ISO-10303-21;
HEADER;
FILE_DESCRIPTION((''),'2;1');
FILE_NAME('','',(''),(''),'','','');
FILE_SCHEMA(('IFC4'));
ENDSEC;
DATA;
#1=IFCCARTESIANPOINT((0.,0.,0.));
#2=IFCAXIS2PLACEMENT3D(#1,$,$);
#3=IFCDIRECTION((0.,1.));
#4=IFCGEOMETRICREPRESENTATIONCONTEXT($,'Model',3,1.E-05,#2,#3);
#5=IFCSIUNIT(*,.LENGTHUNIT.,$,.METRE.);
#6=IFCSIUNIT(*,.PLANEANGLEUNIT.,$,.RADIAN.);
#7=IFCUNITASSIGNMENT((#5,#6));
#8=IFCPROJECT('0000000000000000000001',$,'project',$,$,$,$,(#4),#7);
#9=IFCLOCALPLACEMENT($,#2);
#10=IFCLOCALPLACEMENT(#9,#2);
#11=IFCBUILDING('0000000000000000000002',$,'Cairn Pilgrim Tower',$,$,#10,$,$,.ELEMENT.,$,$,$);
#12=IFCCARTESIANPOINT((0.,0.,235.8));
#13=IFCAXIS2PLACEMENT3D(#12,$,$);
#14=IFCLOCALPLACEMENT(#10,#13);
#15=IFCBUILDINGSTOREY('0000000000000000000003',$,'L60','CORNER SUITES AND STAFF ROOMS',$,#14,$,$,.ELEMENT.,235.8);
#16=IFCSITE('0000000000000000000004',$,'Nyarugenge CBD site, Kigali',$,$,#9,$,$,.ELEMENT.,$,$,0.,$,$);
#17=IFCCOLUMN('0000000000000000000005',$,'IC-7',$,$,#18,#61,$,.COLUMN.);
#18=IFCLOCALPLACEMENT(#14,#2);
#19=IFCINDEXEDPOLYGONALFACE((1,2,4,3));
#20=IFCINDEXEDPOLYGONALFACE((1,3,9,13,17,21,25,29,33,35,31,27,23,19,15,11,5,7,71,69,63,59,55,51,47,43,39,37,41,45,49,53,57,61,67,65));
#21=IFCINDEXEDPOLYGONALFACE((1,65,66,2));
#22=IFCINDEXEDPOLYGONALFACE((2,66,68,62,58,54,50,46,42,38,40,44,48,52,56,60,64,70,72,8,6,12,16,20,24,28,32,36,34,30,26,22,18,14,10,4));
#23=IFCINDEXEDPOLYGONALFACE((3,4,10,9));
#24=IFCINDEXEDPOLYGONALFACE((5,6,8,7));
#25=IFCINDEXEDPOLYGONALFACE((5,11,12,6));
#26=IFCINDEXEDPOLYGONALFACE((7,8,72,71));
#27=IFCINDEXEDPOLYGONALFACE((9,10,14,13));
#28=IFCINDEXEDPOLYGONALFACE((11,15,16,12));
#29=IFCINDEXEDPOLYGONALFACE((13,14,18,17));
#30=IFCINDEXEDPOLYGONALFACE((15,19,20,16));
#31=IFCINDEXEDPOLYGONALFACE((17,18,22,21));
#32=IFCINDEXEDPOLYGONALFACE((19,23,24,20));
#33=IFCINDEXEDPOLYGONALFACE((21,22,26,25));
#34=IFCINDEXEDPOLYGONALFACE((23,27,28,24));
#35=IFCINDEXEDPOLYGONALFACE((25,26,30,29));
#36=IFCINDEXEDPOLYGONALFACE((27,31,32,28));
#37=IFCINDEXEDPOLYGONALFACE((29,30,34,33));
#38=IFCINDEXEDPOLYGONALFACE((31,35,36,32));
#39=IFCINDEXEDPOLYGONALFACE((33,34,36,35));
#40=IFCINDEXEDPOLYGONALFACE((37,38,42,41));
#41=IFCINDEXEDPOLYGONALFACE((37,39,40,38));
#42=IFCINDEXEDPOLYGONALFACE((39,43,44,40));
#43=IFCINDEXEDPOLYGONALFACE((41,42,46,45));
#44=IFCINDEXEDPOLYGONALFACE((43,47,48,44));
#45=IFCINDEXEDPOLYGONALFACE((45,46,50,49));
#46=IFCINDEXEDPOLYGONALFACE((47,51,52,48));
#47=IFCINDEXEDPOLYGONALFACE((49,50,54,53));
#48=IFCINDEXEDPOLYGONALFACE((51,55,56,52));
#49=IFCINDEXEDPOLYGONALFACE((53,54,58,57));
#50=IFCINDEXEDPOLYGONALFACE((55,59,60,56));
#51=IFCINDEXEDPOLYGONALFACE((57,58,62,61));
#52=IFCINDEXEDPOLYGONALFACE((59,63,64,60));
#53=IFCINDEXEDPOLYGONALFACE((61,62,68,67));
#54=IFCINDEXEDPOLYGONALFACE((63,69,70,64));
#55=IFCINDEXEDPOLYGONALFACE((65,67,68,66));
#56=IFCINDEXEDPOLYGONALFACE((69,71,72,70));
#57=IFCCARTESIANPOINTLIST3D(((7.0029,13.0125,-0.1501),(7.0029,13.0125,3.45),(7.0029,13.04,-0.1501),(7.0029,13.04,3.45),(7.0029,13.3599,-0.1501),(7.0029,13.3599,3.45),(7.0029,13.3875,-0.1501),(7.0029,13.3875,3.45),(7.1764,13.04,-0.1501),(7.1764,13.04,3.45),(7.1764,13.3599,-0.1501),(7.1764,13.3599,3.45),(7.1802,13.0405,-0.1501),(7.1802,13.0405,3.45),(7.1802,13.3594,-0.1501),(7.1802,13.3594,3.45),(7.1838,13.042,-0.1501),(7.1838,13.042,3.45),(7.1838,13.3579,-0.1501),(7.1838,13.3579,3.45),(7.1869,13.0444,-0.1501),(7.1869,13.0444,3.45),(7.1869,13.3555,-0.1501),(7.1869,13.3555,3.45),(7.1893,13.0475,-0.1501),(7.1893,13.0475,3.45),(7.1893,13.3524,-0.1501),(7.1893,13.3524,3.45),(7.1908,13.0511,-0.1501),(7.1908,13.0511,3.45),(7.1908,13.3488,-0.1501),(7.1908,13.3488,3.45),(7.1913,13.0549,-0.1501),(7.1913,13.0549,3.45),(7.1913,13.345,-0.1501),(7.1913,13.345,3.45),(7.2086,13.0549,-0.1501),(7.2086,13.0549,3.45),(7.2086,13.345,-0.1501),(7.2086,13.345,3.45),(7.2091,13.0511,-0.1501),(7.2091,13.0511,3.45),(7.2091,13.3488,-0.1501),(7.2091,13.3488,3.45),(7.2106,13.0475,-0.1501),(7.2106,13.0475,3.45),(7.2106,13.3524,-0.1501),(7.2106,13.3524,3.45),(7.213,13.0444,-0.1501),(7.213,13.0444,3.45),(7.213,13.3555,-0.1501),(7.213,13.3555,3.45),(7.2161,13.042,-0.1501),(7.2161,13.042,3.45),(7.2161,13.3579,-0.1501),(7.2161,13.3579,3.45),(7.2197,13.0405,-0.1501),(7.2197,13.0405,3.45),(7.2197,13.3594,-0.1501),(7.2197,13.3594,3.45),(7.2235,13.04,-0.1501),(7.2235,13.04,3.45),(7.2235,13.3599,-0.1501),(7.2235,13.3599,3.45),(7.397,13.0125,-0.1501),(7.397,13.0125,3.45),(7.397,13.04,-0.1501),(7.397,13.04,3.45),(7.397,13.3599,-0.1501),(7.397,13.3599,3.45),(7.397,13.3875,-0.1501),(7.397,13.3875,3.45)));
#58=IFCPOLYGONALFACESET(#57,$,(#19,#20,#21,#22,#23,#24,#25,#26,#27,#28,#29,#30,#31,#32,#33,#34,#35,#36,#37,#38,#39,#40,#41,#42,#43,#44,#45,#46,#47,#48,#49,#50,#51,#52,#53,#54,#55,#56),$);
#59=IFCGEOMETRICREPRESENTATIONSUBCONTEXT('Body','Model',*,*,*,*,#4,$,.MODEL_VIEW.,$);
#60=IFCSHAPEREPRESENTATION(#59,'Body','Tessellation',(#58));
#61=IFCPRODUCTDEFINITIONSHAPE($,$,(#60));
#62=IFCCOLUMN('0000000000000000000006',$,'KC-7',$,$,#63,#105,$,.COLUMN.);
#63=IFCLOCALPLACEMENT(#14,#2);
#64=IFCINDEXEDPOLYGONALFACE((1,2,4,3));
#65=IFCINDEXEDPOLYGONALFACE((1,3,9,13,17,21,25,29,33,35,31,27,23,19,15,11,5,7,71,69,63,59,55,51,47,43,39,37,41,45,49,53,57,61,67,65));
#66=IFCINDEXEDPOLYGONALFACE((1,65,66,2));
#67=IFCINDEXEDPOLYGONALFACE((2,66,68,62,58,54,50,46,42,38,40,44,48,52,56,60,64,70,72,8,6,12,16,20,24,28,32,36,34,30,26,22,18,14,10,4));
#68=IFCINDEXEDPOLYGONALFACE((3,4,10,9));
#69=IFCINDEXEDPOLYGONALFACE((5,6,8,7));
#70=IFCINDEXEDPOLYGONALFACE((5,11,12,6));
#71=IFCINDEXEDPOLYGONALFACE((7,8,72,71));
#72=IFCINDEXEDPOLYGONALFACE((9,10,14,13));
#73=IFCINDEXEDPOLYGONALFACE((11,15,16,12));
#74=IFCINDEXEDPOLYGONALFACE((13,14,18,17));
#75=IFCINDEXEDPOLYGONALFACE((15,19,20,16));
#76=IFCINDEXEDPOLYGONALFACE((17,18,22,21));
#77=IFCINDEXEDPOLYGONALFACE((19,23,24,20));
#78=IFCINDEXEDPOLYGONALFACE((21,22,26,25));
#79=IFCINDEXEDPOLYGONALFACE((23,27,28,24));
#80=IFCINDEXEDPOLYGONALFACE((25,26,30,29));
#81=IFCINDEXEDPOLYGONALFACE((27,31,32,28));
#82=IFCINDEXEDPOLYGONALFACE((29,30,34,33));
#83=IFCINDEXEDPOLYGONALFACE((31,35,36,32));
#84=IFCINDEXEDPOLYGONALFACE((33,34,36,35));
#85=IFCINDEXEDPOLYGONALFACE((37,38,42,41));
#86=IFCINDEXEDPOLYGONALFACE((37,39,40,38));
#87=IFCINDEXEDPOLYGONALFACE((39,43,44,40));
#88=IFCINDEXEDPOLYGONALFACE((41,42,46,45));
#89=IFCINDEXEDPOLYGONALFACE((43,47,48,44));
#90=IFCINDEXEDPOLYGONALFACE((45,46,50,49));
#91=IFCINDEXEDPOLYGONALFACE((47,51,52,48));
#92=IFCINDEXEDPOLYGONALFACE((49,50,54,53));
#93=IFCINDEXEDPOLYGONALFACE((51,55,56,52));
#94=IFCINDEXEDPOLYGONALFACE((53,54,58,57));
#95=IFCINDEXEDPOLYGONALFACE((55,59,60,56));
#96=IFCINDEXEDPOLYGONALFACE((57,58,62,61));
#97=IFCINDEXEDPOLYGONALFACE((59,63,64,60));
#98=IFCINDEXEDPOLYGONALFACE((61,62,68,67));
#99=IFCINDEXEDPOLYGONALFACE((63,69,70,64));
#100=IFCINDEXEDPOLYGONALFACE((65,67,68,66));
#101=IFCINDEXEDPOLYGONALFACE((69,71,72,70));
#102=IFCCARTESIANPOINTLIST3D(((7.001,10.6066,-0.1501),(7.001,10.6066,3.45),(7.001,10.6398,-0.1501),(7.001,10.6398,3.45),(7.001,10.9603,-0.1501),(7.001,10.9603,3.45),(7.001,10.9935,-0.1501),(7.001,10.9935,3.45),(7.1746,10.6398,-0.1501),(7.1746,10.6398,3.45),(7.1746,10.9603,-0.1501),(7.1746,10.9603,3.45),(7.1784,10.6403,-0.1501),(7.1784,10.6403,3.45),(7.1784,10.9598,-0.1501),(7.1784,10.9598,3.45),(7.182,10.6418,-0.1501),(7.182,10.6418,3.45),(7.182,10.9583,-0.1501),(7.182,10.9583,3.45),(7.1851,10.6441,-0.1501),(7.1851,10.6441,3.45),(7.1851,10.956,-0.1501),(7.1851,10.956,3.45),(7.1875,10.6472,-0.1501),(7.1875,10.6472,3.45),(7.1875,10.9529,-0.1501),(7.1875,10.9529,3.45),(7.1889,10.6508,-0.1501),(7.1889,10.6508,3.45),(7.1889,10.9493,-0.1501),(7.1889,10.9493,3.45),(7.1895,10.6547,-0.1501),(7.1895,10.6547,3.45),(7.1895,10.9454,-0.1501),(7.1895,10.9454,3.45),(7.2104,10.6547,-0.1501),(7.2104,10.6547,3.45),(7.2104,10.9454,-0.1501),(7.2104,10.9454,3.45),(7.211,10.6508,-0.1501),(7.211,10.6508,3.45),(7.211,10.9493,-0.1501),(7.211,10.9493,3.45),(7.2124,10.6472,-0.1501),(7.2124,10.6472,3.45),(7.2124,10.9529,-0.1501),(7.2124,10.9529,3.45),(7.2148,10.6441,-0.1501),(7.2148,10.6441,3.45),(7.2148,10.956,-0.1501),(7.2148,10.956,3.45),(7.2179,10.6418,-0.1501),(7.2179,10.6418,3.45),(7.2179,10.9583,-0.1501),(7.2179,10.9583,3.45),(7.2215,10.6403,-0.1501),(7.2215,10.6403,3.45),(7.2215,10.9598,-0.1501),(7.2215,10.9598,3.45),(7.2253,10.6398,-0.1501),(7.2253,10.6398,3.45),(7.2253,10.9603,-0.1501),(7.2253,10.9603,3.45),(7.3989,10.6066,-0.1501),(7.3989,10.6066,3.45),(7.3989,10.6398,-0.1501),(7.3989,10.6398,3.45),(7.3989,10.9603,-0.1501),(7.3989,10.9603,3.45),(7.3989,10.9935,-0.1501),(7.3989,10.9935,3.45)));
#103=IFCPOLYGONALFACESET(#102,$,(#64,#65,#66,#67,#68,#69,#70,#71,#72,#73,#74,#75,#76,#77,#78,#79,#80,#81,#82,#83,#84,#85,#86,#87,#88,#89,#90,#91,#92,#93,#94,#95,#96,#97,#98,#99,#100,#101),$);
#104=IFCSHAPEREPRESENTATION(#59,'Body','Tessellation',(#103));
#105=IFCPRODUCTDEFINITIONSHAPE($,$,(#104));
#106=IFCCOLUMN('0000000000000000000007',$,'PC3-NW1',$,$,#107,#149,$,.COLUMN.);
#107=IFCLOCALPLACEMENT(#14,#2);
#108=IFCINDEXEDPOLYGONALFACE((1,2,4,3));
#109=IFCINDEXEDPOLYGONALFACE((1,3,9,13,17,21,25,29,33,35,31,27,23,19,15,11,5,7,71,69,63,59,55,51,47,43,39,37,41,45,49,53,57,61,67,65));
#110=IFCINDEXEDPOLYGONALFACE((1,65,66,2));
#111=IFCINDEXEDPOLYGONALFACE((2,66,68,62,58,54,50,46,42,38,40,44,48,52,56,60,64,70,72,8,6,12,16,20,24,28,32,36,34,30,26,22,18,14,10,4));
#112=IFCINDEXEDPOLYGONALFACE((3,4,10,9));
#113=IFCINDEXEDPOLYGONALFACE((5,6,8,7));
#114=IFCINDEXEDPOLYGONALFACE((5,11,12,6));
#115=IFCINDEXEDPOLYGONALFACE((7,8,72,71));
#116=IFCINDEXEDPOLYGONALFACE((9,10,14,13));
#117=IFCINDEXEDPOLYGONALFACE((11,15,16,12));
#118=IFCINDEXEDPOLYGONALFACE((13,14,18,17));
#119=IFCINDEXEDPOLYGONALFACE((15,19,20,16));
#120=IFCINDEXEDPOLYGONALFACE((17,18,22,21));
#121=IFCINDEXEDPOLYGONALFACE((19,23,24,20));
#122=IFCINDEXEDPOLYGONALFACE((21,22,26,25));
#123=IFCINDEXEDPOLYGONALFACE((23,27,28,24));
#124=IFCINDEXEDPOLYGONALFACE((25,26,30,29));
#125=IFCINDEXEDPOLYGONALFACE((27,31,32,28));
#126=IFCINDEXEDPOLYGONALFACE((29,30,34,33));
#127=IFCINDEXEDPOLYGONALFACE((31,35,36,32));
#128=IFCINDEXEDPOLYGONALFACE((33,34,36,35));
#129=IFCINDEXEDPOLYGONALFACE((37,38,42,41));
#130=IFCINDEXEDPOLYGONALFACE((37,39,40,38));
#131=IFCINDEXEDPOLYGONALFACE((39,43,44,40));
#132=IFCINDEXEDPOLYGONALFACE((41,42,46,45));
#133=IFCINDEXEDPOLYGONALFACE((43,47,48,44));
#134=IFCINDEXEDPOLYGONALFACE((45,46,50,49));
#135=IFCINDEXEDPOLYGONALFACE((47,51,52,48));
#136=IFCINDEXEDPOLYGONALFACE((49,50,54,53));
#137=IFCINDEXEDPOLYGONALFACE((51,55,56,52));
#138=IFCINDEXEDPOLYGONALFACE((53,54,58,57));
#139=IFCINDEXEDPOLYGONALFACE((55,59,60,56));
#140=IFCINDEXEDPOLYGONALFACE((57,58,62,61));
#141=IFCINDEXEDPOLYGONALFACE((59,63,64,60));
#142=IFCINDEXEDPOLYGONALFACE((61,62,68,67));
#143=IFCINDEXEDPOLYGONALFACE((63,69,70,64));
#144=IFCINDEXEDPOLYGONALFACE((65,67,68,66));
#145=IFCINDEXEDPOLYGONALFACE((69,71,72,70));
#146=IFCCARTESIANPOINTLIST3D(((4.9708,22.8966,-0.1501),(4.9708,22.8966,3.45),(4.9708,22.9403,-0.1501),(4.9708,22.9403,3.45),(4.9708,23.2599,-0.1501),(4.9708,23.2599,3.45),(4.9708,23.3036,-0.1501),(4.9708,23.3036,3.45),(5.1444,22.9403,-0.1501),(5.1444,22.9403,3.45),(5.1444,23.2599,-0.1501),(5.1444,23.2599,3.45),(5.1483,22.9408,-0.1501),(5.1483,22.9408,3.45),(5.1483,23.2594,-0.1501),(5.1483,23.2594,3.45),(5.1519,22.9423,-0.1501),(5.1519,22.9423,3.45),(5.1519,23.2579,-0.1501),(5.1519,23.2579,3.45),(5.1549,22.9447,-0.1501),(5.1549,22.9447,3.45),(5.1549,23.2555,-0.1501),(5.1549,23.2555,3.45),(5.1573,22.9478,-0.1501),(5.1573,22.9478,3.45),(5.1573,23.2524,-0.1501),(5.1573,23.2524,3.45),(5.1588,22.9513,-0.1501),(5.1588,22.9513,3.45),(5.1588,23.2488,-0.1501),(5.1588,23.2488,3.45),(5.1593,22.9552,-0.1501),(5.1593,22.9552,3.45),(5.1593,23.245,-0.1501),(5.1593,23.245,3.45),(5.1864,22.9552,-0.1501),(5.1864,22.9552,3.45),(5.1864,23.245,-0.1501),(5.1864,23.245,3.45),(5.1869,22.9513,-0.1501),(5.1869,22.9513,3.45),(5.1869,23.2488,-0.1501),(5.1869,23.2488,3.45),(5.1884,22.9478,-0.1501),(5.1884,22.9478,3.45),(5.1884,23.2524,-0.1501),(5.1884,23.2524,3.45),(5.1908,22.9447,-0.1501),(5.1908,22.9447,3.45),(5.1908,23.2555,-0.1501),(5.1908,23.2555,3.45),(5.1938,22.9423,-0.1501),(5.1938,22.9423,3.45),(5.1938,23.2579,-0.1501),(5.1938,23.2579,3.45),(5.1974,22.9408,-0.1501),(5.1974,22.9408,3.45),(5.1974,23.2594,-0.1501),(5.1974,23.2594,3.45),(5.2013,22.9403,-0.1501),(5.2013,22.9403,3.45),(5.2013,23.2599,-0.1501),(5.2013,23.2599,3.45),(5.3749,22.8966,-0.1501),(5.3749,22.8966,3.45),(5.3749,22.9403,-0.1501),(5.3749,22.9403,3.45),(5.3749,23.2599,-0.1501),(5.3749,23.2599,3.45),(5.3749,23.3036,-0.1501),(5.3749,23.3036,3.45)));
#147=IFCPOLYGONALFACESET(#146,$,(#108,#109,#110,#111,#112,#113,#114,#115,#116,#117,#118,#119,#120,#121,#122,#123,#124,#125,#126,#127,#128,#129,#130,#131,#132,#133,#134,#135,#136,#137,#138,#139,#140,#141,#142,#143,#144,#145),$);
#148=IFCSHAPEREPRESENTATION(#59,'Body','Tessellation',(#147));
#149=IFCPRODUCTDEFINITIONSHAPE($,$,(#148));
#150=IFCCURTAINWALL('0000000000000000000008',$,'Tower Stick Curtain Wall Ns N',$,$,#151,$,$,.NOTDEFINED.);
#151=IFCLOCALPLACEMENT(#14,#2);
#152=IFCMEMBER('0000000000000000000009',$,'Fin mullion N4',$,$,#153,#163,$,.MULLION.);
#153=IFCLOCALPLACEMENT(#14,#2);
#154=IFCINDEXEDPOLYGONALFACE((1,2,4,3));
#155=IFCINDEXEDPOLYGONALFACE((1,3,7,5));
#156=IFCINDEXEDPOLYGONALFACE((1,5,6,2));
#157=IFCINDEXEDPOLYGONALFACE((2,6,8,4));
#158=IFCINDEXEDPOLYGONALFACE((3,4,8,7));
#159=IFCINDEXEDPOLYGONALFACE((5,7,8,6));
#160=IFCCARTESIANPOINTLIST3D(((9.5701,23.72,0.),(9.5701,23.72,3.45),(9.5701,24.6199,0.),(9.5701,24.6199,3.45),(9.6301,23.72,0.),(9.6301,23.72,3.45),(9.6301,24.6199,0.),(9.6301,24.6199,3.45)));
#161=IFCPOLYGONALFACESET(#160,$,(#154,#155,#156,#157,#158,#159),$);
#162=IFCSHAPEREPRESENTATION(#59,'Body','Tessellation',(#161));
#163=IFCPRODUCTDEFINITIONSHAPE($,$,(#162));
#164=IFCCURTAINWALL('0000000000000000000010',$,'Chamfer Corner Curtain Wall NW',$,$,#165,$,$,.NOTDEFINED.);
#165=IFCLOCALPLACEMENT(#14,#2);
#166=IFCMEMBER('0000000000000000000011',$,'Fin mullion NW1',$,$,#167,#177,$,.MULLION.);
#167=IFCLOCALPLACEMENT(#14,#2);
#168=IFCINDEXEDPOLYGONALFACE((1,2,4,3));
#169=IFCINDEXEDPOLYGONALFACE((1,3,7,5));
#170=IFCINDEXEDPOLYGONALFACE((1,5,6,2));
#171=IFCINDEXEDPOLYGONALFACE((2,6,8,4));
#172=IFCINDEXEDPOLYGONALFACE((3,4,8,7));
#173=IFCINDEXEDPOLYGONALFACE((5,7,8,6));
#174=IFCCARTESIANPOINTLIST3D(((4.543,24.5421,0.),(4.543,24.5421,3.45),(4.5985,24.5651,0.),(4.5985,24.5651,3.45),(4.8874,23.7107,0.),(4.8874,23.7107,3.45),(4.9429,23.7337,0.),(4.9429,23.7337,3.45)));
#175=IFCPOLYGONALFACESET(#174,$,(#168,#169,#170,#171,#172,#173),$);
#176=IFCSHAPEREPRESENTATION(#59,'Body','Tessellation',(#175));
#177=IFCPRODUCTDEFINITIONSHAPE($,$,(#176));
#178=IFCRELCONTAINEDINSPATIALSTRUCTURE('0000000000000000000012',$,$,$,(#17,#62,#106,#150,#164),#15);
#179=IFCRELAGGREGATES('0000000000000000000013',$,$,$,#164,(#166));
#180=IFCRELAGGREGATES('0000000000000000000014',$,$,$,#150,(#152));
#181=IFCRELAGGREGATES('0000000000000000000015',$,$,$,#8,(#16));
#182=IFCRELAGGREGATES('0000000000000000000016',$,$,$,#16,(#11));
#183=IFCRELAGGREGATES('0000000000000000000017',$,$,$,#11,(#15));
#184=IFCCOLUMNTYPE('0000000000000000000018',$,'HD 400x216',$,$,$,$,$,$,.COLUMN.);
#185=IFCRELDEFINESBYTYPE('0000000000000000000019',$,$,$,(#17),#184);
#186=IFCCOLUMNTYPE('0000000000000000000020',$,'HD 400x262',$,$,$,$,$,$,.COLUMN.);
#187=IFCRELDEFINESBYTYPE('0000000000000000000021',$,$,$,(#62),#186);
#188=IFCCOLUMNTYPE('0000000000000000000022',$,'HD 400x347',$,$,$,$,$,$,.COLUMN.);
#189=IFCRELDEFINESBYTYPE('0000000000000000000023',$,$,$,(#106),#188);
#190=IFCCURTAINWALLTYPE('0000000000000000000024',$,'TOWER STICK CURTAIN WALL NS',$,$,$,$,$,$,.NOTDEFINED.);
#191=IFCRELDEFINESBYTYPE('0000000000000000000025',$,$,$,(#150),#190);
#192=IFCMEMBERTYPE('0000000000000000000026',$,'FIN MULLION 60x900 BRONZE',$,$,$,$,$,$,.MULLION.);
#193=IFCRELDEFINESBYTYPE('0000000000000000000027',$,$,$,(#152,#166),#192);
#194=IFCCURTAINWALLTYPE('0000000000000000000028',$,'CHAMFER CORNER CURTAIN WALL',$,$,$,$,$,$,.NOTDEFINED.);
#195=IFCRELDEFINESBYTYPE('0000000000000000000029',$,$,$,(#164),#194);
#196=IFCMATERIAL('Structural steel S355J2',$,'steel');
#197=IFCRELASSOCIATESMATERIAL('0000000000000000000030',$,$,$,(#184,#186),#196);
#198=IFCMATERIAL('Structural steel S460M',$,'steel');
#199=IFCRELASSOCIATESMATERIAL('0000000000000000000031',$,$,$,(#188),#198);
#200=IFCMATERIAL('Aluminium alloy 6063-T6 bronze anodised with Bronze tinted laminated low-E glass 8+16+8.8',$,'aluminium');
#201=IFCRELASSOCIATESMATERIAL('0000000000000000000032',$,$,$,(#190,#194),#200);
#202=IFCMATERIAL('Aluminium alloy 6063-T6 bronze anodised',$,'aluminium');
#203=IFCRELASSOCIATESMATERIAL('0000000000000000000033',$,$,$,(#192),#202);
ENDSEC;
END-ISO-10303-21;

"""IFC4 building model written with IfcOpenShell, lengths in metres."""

from ifc_helpers import new_model, si_unit, direction, frame, origin, origin_2d, place, context, subcontext, project, spatial, rectangle, i_section, extrude, material, material_profile, profile_set, type_object, element, aggregate, save


model = new_model("IFC4")

# Units and contexts
model_context = context("Model", 3, precision=1e-05, world=origin(), true_north=direction((0.0, 1.0)))
body_context = subcontext(model_context, "Body", "Model", "MODEL_VIEW")
ifc_project = project(units=[si_unit("LENGTHUNIT", "METRE"), si_unit("PLANEANGLEUNIT", "RADIAN")], contexts=[model_context])

# Site, building, storey
site_placement = place(None, origin())
site = spatial("IfcSite", under=ifc_project, at=site_placement, Name="Nyarugenge CBD site, Kigali", CompositionType="ELEMENT", RefElevation=0.0)
building_placement = place(site_placement, origin())
building = spatial("IfcBuilding", under=site, at=building_placement, Name="Cairn Pilgrim Tower", CompositionType="ELEMENT")
storey_placement = place(building_placement, frame((0.0, 0.0, 235.8)))
storey = spatial("IfcBuildingStorey", under=building, at=storey_placement, Name="L60", Description="CORNER SUITES AND STAFF ROOMS", CompositionType="ELEMENT", Elevation=235.8)

# Columns
ifc_material_1 = material(Name="Structural steel S355J2", Category="steel")
ifc_material_profile_1 = material_profile(ifc_material_1, i_section(OverallWidth=0.394, OverallDepth=0.375, WebThickness=0.0173, FlangeThickness=0.0276, FilletRadius=0.0149, at=origin_2d()), Name="HD 400x216")
ifc_profile_set_1 = profile_set([ifc_material_profile_1], Name="Structural steel S355J2")
column_type_1 = type_object("IfcColumnType", Name="HD 400x216", PredefinedType="COLUMN", material=ifc_profile_set_1)
column_1_placement = place(storey_placement, frame((7.2, 13.2, -0.1501), z_axis=(0.0, 0.0, 1.0), x_axis=(1.0, 0.0, 0.0)))
element("IfcColumn", 1, at=column_1_placement, inside=storey, type_object=column_type_1, Name="IC-7", PredefinedType="COLUMN", context=body_context, shape_type="SweptSolid", body=[
    extrude(i_section(OverallWidth=0.394, OverallDepth=0.375, WebThickness=0.0173, FlangeThickness=0.0276, FilletRadius=0.0149, at=origin_2d()), origin(), (0.0, 0.0, 1.0), 3.6001),
])
ifc_material_profile_2 = material_profile(ifc_material_1, i_section(OverallWidth=0.3979, OverallDepth=0.387, WebThickness=0.021, FlangeThickness=0.0332, FilletRadius=0.0149, at=origin_2d()), Name="HD 400x262")
ifc_profile_set_2 = profile_set([ifc_material_profile_2], Name="Structural steel S355J2")
column_type_2 = type_object("IfcColumnType", Name="HD 400x262", PredefinedType="COLUMN", material=ifc_profile_set_2)
column_2_placement = place(storey_placement, frame((7.2, 10.8, -0.1501), z_axis=(0.0, 0.0, 1.0), x_axis=(1.0, 0.0, 0.0)))
element("IfcColumn", 2, at=column_2_placement, inside=storey, type_object=column_type_2, Name="KC-7", PredefinedType="COLUMN", context=body_context, shape_type="SweptSolid", body=[
    extrude(i_section(OverallWidth=0.3979, OverallDepth=0.387, WebThickness=0.021, FlangeThickness=0.0332, FilletRadius=0.0149, at=origin_2d()), origin(), (0.0, 0.0, 1.0), 3.6001),
])
ifc_material_2 = material(Name="Structural steel S460M", Category="steel")
ifc_material_profile_3 = material_profile(ifc_material_2, i_section(OverallWidth=0.4041, OverallDepth=0.407, WebThickness=0.0271, FlangeThickness=0.0437, FilletRadius=0.0149, at=origin_2d()), Name="HD 400x347")
ifc_profile_set_3 = profile_set([ifc_material_profile_3], Name="Structural steel S460M")
column_type_3 = type_object("IfcColumnType", Name="HD 400x347", PredefinedType="COLUMN", material=ifc_profile_set_3)
column_3_placement = place(storey_placement, frame((5.1729, 23.1001, -0.1501), z_axis=(0.0, 0.0, 1.0), x_axis=(1.0, 0.0, 0.0)))
element("IfcColumn", 3, at=column_3_placement, inside=storey, type_object=column_type_3, Name="PC3-NW1", PredefinedType="COLUMN", context=body_context, shape_type="SweptSolid", body=[
    extrude(i_section(OverallWidth=0.4041, OverallDepth=0.407, WebThickness=0.0271, FlangeThickness=0.0437, FilletRadius=0.0149, at=origin_2d()), origin(), (0.0, 0.0, 1.0), 3.6001),
])

# Curtain walls, members
ifc_material_3 = material(Name="Aluminium alloy 6063-T6 bronze anodised with Bronze tinted laminated low-E glass 8+16+8.8", Category="aluminium")
curtain_wall_type_1 = type_object("IfcCurtainWallType", Name="TOWER STICK CURTAIN WALL NS", PredefinedType="NOTDEFINED", material=ifc_material_3)
curtain_wall_1_placement = place(storey_placement, origin())
curtain_wall_1 = element("IfcCurtainWall", 4, at=curtain_wall_1_placement, inside=storey, type_object=curtain_wall_type_1, Name="Tower Stick Curtain Wall Ns N", PredefinedType="NOTDEFINED")
ifc_material_4 = material(Name="Aluminium alloy 6063-T6 bronze anodised", Category="aluminium")
ifc_material_profile_4 = material_profile(ifc_material_4, rectangle(XDim=0.8999, YDim=0.0601, at=origin_2d()), Name="FIN MULLION 60x900 BRONZE")
ifc_profile_set_4 = profile_set([ifc_material_profile_4], Name="Aluminium alloy 6063-T6 bronze anodised")
member_type_1 = type_object("IfcMemberType", Name="FIN MULLION 60x900 BRONZE", PredefinedType="MULLION", material=ifc_profile_set_4)
member_1_placement = place(storey_placement, frame((9.6001, 24.1699, 0.0), z_axis=(0.0, 0.0, 1.0), x_axis=(0.0, 1.0, 0.0)))
member_1 = element("IfcMember", 5, at=member_1_placement, type_object=member_type_1, Name="Fin mullion N4", PredefinedType="MULLION", context=body_context, shape_type="SweptSolid", body=[
    extrude(rectangle(XDim=0.8999, YDim=0.0601, at=origin_2d()), origin(), (0.0, 0.0, 1.0), 3.45),
])
curtain_wall_type_2 = type_object("IfcCurtainWallType", Name="CHAMFER CORNER CURTAIN WALL", PredefinedType="NOTDEFINED", material=ifc_material_3)
curtain_wall_2_placement = place(storey_placement, origin())
curtain_wall_2 = element("IfcCurtainWall", 6, at=curtain_wall_2_placement, inside=storey, type_object=curtain_wall_type_2, Name="Chamfer Corner Curtain Wall NW", PredefinedType="NOTDEFINED")
member_2_placement = place(storey_placement, frame((4.7429, 24.1379, 0.0), z_axis=(0.0, 0.0, 1.0), x_axis=(-0.382683, 0.92388, 0.0)))
member_2 = element("IfcMember", 7, at=member_2_placement, type_object=member_type_1, Name="Fin mullion NW1", PredefinedType="MULLION", context=body_context, shape_type="SweptSolid", body=[
    extrude(rectangle(XDim=0.8999, YDim=0.0601, at=origin_2d()), origin(), (0.0, 0.0, 1.0), 3.45),
])

aggregate(curtain_wall_2, [member_2])
aggregate(curtain_wall_1, [member_1])

save(model, "model.ifc")
